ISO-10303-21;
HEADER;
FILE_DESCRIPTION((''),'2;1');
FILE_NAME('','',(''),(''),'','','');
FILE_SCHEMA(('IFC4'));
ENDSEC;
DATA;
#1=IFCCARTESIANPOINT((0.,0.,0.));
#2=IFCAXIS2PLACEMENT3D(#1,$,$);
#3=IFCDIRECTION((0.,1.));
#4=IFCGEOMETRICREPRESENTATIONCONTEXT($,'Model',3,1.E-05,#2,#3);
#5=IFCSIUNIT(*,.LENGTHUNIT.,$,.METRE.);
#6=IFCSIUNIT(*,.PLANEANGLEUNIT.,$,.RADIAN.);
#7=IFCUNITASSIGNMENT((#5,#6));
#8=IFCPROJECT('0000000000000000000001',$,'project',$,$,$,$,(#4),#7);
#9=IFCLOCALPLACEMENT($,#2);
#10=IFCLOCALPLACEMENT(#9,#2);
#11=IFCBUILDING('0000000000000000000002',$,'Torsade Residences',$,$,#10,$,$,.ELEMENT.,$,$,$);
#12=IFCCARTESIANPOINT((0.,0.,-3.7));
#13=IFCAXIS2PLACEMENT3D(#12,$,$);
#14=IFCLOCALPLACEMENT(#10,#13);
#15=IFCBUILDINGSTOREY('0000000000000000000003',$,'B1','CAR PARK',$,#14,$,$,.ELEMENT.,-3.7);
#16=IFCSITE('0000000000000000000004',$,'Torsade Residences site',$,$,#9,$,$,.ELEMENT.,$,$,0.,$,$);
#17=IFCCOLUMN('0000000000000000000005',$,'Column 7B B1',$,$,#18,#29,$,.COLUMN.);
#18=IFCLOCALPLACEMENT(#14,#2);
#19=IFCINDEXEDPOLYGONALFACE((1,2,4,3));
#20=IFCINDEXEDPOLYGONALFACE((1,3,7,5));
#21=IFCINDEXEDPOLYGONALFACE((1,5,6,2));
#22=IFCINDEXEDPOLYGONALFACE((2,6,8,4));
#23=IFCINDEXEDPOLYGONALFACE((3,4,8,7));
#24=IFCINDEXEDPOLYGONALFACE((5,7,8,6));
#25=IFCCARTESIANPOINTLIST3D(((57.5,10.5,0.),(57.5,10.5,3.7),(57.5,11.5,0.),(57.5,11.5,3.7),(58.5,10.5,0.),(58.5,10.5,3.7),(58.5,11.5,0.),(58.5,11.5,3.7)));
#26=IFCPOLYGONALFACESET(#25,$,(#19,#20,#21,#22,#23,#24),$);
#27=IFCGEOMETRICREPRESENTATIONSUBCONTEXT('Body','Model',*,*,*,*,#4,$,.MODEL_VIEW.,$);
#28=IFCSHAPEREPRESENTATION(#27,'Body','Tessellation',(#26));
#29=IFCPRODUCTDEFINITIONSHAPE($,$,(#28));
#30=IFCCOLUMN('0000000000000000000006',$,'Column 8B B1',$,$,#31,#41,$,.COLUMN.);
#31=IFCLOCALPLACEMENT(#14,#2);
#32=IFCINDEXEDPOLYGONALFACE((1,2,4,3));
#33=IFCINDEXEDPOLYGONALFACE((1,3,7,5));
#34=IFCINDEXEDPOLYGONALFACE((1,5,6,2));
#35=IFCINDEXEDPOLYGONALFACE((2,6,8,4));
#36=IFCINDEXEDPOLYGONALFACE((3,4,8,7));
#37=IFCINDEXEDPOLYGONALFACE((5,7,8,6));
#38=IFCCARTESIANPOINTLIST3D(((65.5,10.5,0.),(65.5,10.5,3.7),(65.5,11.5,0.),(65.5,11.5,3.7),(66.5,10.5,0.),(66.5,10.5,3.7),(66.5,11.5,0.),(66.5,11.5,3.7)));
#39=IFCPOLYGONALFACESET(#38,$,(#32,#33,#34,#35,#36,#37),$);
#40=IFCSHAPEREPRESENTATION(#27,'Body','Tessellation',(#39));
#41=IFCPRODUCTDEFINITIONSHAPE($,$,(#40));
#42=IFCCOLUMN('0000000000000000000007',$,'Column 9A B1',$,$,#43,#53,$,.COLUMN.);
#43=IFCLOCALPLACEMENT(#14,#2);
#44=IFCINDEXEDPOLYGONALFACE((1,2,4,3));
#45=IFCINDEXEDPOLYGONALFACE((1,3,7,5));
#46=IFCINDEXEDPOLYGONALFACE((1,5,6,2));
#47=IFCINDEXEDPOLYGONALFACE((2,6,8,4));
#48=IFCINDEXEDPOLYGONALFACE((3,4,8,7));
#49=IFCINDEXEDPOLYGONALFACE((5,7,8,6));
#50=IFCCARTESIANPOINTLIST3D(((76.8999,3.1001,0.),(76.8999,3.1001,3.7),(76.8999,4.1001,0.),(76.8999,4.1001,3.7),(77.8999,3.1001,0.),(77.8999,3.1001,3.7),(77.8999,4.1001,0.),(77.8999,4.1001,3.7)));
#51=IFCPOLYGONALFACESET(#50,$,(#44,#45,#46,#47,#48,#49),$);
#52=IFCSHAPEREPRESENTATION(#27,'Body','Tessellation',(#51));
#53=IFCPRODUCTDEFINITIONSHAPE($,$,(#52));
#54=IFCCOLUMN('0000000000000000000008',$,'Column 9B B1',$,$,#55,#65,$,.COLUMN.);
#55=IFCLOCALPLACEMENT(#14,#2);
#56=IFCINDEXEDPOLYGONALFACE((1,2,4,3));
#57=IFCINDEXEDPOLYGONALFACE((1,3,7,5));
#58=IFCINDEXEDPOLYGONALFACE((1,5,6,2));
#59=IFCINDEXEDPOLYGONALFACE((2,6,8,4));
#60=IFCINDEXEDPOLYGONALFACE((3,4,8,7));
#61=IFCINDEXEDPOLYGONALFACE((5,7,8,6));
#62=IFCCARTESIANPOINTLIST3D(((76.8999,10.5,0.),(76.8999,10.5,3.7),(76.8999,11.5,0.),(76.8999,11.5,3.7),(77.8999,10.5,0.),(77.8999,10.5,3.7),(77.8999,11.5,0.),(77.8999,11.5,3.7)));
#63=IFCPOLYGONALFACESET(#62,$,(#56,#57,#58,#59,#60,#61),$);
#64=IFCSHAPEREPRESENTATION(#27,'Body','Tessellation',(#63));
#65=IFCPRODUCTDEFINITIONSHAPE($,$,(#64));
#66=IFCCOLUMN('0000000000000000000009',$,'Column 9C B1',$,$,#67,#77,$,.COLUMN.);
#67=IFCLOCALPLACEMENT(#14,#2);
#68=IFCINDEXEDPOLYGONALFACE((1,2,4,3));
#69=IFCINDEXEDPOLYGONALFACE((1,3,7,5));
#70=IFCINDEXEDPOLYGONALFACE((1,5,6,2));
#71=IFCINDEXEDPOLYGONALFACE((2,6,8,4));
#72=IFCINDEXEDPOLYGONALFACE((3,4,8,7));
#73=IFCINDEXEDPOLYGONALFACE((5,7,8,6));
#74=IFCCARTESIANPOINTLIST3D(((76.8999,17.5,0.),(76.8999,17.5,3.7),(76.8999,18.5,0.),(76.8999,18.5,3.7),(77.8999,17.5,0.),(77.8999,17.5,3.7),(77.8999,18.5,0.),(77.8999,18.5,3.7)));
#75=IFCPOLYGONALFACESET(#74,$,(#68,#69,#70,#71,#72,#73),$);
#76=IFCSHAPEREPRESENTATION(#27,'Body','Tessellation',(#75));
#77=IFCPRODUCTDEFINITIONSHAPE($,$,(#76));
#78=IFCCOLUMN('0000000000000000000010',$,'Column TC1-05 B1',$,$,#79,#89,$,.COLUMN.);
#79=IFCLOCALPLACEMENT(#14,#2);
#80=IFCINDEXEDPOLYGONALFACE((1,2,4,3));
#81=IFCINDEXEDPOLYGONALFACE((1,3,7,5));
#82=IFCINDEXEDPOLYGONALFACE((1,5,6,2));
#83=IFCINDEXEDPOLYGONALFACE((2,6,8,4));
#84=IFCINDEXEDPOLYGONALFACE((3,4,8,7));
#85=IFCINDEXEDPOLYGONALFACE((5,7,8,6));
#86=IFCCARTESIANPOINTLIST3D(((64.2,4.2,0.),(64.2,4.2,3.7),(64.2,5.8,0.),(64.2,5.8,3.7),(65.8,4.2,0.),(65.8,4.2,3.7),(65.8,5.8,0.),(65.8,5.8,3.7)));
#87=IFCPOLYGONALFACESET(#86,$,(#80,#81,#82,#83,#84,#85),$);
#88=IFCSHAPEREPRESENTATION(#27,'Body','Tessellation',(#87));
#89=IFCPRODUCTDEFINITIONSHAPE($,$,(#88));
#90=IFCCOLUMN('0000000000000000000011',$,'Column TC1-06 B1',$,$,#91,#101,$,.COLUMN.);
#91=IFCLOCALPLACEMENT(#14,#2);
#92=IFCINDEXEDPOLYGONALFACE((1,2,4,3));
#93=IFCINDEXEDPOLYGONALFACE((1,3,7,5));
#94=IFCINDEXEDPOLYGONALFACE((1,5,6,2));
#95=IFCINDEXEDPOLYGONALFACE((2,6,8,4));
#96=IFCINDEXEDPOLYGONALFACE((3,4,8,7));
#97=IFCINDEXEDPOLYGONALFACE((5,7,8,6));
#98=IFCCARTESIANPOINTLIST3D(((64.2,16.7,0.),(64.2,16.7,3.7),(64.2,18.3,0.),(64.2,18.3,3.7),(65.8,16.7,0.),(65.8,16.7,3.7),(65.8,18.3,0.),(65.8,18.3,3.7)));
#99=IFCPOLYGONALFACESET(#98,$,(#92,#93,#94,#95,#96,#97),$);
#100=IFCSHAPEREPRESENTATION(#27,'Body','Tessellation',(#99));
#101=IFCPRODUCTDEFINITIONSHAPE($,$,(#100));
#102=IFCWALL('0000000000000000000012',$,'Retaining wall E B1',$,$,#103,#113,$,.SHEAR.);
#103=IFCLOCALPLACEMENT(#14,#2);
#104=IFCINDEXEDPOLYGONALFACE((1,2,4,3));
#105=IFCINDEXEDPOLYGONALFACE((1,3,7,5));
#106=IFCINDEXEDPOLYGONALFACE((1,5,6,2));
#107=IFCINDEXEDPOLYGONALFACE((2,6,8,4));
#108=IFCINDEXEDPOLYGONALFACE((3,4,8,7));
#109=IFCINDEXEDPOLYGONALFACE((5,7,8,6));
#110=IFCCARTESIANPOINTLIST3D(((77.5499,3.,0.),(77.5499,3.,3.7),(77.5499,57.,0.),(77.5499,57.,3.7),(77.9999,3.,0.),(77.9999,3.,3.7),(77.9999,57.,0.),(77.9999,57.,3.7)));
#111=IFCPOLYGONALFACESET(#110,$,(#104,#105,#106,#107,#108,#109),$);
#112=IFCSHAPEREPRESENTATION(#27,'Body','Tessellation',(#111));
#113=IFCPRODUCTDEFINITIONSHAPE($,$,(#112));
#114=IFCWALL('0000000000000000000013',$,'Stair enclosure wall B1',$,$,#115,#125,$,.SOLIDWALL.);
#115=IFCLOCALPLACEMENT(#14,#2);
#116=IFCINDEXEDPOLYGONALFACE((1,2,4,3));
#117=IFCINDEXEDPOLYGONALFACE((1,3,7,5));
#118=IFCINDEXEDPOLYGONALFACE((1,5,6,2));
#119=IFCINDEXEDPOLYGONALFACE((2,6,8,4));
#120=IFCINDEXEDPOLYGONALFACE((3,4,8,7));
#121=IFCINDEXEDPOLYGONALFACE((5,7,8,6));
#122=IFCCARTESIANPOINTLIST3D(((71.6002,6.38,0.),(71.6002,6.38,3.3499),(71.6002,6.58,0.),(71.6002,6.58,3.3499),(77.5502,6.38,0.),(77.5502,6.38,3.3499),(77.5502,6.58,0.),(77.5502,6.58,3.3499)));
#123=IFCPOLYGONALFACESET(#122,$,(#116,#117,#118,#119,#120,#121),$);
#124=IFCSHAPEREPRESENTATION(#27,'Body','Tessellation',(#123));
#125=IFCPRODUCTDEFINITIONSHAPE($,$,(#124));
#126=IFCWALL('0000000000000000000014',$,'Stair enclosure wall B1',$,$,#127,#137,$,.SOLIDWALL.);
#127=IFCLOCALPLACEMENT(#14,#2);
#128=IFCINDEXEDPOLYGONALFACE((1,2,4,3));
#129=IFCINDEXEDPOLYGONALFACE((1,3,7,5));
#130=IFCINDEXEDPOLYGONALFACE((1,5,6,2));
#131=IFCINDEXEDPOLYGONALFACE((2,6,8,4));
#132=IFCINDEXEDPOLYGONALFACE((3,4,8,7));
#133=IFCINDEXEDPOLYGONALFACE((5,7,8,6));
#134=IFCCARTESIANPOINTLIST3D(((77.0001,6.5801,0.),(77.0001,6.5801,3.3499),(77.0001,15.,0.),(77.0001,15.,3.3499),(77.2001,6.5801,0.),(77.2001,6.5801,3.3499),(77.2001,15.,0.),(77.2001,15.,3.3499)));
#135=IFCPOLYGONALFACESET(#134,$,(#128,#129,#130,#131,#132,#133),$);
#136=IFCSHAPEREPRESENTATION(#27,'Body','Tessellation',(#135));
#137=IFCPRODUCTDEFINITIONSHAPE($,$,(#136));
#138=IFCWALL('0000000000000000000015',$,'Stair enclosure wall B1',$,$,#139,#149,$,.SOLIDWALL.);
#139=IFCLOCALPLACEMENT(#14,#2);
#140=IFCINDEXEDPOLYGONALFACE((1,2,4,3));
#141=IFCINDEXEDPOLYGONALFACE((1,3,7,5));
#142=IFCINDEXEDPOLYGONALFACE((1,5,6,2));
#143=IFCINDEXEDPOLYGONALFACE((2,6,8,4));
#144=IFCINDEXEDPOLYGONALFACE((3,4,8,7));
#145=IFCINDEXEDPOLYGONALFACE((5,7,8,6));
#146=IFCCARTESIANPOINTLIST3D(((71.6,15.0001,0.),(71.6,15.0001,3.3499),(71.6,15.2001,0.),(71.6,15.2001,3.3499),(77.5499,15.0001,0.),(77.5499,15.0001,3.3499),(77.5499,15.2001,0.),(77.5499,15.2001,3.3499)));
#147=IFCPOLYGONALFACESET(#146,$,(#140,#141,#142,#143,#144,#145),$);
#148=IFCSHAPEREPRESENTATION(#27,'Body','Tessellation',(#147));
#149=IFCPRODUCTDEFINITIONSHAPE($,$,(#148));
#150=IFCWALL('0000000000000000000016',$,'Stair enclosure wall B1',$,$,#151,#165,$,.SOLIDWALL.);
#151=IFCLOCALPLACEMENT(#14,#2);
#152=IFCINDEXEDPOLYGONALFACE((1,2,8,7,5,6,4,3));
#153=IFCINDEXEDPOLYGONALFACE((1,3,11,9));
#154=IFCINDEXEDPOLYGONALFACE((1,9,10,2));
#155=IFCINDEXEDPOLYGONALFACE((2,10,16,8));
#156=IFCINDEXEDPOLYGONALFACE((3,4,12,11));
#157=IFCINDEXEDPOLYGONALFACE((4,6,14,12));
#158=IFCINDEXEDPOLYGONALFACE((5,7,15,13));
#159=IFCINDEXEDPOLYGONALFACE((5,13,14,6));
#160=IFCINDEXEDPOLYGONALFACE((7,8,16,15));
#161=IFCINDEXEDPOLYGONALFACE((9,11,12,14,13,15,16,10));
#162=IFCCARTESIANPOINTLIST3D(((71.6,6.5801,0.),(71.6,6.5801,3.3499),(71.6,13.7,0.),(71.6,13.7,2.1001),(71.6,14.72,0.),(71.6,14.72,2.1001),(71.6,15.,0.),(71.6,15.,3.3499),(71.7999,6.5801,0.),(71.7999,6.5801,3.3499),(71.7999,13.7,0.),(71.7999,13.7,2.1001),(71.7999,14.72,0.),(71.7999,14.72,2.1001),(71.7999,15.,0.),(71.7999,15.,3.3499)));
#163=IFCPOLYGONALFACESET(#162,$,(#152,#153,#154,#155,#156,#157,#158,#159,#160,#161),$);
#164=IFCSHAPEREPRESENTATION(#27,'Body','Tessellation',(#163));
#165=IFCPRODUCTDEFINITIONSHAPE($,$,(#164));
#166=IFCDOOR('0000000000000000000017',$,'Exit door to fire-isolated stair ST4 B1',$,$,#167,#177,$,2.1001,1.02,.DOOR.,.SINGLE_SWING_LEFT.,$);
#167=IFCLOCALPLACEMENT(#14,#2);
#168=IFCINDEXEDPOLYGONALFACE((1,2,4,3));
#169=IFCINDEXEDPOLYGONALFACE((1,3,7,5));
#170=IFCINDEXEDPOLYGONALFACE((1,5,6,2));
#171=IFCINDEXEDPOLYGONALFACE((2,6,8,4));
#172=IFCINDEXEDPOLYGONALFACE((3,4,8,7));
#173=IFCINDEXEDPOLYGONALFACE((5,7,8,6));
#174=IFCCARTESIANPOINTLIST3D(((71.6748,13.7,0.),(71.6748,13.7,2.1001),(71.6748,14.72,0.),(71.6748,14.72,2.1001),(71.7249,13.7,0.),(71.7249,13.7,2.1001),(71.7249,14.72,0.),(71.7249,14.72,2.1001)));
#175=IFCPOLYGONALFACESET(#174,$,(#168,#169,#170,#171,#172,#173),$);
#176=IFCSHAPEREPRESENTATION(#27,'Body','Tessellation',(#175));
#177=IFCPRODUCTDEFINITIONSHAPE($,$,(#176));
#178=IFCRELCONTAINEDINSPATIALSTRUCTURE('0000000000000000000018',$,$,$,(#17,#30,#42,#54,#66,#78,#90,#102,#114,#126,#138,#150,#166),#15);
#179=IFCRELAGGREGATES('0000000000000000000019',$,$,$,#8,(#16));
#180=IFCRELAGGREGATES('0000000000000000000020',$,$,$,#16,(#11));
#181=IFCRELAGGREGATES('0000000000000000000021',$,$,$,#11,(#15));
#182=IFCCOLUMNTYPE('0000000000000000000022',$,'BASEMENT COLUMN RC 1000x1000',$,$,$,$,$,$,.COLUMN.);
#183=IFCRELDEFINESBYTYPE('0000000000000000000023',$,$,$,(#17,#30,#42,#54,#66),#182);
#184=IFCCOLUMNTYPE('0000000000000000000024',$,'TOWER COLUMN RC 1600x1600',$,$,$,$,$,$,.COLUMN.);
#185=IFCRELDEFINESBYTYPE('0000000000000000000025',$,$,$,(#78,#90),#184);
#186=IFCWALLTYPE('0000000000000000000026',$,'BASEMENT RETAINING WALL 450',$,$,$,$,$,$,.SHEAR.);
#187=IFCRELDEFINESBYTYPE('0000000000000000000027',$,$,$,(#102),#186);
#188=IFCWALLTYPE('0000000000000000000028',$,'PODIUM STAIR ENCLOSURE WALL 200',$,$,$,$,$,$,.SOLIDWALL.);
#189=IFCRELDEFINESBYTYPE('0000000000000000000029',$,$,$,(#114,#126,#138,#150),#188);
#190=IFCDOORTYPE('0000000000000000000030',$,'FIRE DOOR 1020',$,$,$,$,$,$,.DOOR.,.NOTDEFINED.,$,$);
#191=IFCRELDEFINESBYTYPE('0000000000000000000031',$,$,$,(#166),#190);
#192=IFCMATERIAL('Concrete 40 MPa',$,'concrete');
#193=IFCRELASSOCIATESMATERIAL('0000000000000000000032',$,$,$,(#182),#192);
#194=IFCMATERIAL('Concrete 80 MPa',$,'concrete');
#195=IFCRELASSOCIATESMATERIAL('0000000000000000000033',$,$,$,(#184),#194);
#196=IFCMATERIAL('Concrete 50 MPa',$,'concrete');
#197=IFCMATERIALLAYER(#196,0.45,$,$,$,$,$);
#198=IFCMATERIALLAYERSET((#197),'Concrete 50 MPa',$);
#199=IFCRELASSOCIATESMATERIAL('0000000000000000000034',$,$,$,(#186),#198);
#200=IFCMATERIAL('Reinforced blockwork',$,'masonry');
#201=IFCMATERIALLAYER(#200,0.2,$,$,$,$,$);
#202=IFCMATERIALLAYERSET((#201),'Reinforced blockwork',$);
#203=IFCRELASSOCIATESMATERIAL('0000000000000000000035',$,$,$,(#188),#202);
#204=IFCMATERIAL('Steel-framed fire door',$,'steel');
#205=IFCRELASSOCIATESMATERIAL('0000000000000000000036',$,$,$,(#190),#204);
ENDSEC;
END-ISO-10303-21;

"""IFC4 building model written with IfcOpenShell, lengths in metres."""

from ifc_helpers import new_model, si_unit, direction, frame, frame_2d, origin, origin_2d, place, context, subcontext, project, spatial, rectangle, extrude, material, layer, layer_set, material_profile, profile_set, type_object, element, fill, save


model = new_model("IFC4")

# Units and contexts
model_context = context("Model", 3, precision=1e-05, world=origin(), true_north=direction((0.0, 1.0)))
body_context = subcontext(model_context, "Body", "Model", "MODEL_VIEW")
ifc_project = project(units=[si_unit("LENGTHUNIT", "METRE"), si_unit("PLANEANGLEUNIT", "RADIAN")], contexts=[model_context])

# Site, building, storey
site_placement = place(None, origin())
site = spatial("IfcSite", under=ifc_project, at=site_placement, Name="Torsade Residences site", CompositionType="ELEMENT", RefElevation=0.0)
building_placement = place(site_placement, origin())
building = spatial("IfcBuilding", under=site, at=building_placement, Name="Torsade Residences", CompositionType="ELEMENT")
storey_placement = place(building_placement, frame((0.0, 0.0, -3.7)))
storey = spatial("IfcBuildingStorey", under=building, at=storey_placement, Name="B1", Description="CAR PARK", CompositionType="ELEMENT", Elevation=-3.7)

# Columns
ifc_material_1 = material(Name="Concrete 40 MPa", Category="concrete")
ifc_material_profile_1 = material_profile(ifc_material_1, rectangle(XDim=1.0, YDim=1.0, at=origin_2d()), Name="RC 1000x1000")
ifc_profile_set_1 = profile_set([ifc_material_profile_1], Name="Concrete 40 MPa")
column_type_1 = type_object("IfcColumnType", Name="BASEMENT COLUMN RC 1000x1000", PredefinedType="COLUMN", material=ifc_profile_set_1)
for number, where, z_axis, x_axis, name in (
    (1, (58.0, 11.0, 0.0), (0.0, 0.0, 1.0), (1.0, 0.0, 0.0), "Column 7B B1"),
    (2, (66.0, 11.0, 0.0), (0.0, 0.0, 1.0), (1.0, 0.0, 0.0), "Column 8B B1"),
    (3, (77.3999, 3.6001, 0.0), (0.0, 0.0, 1.0), (1.0, 0.0, 0.0), "Column 9A B1"),
    (4, (77.3999, 11.0, 0.0), (0.0, 0.0, 1.0), (1.0, 0.0, 0.0), "Column 9B B1"),
    (5, (77.3999, 18.0, 0.0), (0.0, 0.0, 1.0), (1.0, 0.0, 0.0), "Column 9C B1"),
):
    element("IfcColumn", number, at=place(storey_placement, frame(where, z_axis=z_axis, x_axis=x_axis)), inside=storey, type_object=column_type_1, Name=name, PredefinedType="COLUMN", context=body_context, shape_type="SweptSolid", body=[
        extrude(rectangle(XDim=1.0, YDim=1.0, at=origin_2d()), origin(), (0.0, 0.0, 1.0), 3.7),
    ])
ifc_material_2 = material(Name="Concrete 80 MPa", Category="concrete")
ifc_material_profile_2 = material_profile(ifc_material_2, rectangle(XDim=1.6001, YDim=1.6001, at=origin_2d()), Name="RC 1600x1600")
ifc_profile_set_2 = profile_set([ifc_material_profile_2], Name="Concrete 80 MPa")
column_type_2 = type_object("IfcColumnType", Name="TOWER COLUMN RC 1600x1600", PredefinedType="COLUMN", material=ifc_profile_set_2)
for number, where, z_axis, x_axis, name in (
    (6, (65.0, 5.0, 0.0), (0.0, 0.0, 1.0), (1.0, 0.0, 0.0), "Column TC1-05 B1"),
    (7, (65.0, 17.5, 0.0), (0.0, 0.0, 1.0), (1.0, 0.0, 0.0), "Column TC1-06 B1"),
):
    element("IfcColumn", number, at=place(storey_placement, frame(where, z_axis=z_axis, x_axis=x_axis)), inside=storey, type_object=column_type_2, Name=name, PredefinedType="COLUMN", context=body_context, shape_type="SweptSolid", body=[
        extrude(rectangle(XDim=1.6001, YDim=1.6001, at=origin_2d()), origin(), (0.0, 0.0, 1.0), 3.7),
    ])

# Walls
ifc_material_3 = material(Name="Concrete 50 MPa", Category="concrete")
ifc_layer_1 = layer(ifc_material_3, 0.45)
ifc_layer_set_1 = layer_set([ifc_layer_1], Name="Concrete 50 MPa")
wall_type_1 = type_object("IfcWallType", Name="BASEMENT RETAINING WALL 450", PredefinedType="SHEAR", material=ifc_layer_set_1)
wall_1_placement = place(storey_placement, frame((77.7749, 3.0, 0.0), z_axis=(0.0, 0.0, 1.0), x_axis=(0.0, 1.0, 0.0)))
element("IfcWall", 8, at=wall_1_placement, inside=storey, type_object=wall_type_1, Name="Retaining wall E B1", PredefinedType="SHEAR", context=body_context, shape_type="SweptSolid", body=[
    extrude(rectangle(XDim=54.0, YDim=0.45, at=frame_2d((27.0, 0.0))), origin(), (0.0, 0.0, 1.0), 3.7),
])
ifc_material_4 = material(Name="Reinforced blockwork", Category="masonry")
ifc_layer_2 = layer(ifc_material_4, 0.2)
ifc_layer_set_2 = layer_set([ifc_layer_2], Name="Reinforced blockwork")
wall_type_2 = type_object("IfcWallType", Name="PODIUM STAIR ENCLOSURE WALL 200", PredefinedType="SOLIDWALL", material=ifc_layer_set_2)
wall_2_placement = place(storey_placement, frame((71.6001, 6.48, 0.0), z_axis=(0.0, 0.0, 1.0), x_axis=(1.0, 0.0, 0.0)))
element("IfcWall", 9, at=wall_2_placement, inside=storey, type_object=wall_type_2, Name="Stair enclosure wall B1", PredefinedType="SOLIDWALL", context=body_context, shape_type="SweptSolid", body=[
    extrude(rectangle(XDim=5.95, YDim=0.2, at=frame_2d((2.9751, 0.0))), origin(), (0.0, 0.0, 1.0), 3.3499),
])
wall_3_placement = place(storey_placement, frame((77.1001, 6.5801, 0.0), z_axis=(0.0, 0.0, 1.0), x_axis=(0.0, 1.0, 0.0)))
element("IfcWall", 10, at=wall_3_placement, inside=storey, type_object=wall_type_2, Name="Stair enclosure wall B1", PredefinedType="SOLIDWALL", context=body_context, shape_type="SweptSolid", body=[
    extrude(rectangle(XDim=8.4199, YDim=0.2, at=frame_2d((4.21, 0.0))), origin(), (0.0, 0.0, 1.0), 3.3499),
])
wall_4_placement = place(storey_placement, frame((77.55, 15.1001, 0.0), z_axis=(0.0, 0.0, 1.0), x_axis=(-1.0, 0.0, 0.0)))
element("IfcWall", 11, at=wall_4_placement, inside=storey, type_object=wall_type_2, Name="Stair enclosure wall B1", PredefinedType="SOLIDWALL", context=body_context, shape_type="SweptSolid", body=[
    extrude(rectangle(XDim=5.95, YDim=0.2, at=frame_2d((2.9751, 0.0))), origin(), (0.0, 0.0, 1.0), 3.3499),
])

# Wall, opening, door
wall_5_placement = place(storey_placement, frame((71.7, 15.0, 0.0), z_axis=(0.0, 0.0, 1.0), x_axis=(0.0, -1.0, 0.0)))
wall_5 = element("IfcWall", 12, at=wall_5_placement, inside=storey, type_object=wall_type_2, Name="Stair enclosure wall B1", PredefinedType="SOLIDWALL", context=body_context, shape_type="SweptSolid", body=[
    extrude(rectangle(XDim=8.4199, YDim=0.2, at=frame_2d((4.21, 0.0))), origin(), (0.0, 0.0, 1.0), 3.3499),
])
opening_placement = place(wall_5_placement, frame((0.28, 0.0, 0.0)))
opening = element("IfcOpeningElement", 13, at=opening_placement, cuts=wall_5, PredefinedType="OPENING", context=body_context, shape_type="SweptSolid", body=[
    extrude(rectangle(XDim=1.02, YDim=2.1001, at=frame_2d((0.51, 1.05))), frame((0.0, 0.1099, 0.0), z_axis=(0.0, -1.0, 0.0), x_axis=(1.0, 0.0, 0.0)), (0.0, 0.0, 1.0), 0.22),
])
ifc_material_5 = material(Name="Steel-framed fire door", Category="steel")
door_type = type_object("IfcDoorType", Name="FIRE DOOR 1020", OperationType="NOTDEFINED", PredefinedType="DOOR", material=ifc_material_5)
door_placement = place(opening_placement, origin())
door = element("IfcDoor", 14, at=door_placement, inside=storey, type_object=door_type, Name="Exit door to fire-isolated stair ST4 B1", OperationType="SINGLE_SWING_LEFT", OverallHeight=2.1001, OverallWidth=1.02, PredefinedType="DOOR", context=body_context, shape_type="SweptSolid", body=[
    extrude(rectangle(XDim=1.02, YDim=2.1001, at=frame_2d((0.51, 1.05))), frame((0.0, 0.0249, 0.0), z_axis=(0.0, -1.0, 0.0), x_axis=(1.0, 0.0, 0.0)), (0.0, 0.0, 1.0), 0.05),
])
fill(opening, door)

save(model, "model.ifc")
